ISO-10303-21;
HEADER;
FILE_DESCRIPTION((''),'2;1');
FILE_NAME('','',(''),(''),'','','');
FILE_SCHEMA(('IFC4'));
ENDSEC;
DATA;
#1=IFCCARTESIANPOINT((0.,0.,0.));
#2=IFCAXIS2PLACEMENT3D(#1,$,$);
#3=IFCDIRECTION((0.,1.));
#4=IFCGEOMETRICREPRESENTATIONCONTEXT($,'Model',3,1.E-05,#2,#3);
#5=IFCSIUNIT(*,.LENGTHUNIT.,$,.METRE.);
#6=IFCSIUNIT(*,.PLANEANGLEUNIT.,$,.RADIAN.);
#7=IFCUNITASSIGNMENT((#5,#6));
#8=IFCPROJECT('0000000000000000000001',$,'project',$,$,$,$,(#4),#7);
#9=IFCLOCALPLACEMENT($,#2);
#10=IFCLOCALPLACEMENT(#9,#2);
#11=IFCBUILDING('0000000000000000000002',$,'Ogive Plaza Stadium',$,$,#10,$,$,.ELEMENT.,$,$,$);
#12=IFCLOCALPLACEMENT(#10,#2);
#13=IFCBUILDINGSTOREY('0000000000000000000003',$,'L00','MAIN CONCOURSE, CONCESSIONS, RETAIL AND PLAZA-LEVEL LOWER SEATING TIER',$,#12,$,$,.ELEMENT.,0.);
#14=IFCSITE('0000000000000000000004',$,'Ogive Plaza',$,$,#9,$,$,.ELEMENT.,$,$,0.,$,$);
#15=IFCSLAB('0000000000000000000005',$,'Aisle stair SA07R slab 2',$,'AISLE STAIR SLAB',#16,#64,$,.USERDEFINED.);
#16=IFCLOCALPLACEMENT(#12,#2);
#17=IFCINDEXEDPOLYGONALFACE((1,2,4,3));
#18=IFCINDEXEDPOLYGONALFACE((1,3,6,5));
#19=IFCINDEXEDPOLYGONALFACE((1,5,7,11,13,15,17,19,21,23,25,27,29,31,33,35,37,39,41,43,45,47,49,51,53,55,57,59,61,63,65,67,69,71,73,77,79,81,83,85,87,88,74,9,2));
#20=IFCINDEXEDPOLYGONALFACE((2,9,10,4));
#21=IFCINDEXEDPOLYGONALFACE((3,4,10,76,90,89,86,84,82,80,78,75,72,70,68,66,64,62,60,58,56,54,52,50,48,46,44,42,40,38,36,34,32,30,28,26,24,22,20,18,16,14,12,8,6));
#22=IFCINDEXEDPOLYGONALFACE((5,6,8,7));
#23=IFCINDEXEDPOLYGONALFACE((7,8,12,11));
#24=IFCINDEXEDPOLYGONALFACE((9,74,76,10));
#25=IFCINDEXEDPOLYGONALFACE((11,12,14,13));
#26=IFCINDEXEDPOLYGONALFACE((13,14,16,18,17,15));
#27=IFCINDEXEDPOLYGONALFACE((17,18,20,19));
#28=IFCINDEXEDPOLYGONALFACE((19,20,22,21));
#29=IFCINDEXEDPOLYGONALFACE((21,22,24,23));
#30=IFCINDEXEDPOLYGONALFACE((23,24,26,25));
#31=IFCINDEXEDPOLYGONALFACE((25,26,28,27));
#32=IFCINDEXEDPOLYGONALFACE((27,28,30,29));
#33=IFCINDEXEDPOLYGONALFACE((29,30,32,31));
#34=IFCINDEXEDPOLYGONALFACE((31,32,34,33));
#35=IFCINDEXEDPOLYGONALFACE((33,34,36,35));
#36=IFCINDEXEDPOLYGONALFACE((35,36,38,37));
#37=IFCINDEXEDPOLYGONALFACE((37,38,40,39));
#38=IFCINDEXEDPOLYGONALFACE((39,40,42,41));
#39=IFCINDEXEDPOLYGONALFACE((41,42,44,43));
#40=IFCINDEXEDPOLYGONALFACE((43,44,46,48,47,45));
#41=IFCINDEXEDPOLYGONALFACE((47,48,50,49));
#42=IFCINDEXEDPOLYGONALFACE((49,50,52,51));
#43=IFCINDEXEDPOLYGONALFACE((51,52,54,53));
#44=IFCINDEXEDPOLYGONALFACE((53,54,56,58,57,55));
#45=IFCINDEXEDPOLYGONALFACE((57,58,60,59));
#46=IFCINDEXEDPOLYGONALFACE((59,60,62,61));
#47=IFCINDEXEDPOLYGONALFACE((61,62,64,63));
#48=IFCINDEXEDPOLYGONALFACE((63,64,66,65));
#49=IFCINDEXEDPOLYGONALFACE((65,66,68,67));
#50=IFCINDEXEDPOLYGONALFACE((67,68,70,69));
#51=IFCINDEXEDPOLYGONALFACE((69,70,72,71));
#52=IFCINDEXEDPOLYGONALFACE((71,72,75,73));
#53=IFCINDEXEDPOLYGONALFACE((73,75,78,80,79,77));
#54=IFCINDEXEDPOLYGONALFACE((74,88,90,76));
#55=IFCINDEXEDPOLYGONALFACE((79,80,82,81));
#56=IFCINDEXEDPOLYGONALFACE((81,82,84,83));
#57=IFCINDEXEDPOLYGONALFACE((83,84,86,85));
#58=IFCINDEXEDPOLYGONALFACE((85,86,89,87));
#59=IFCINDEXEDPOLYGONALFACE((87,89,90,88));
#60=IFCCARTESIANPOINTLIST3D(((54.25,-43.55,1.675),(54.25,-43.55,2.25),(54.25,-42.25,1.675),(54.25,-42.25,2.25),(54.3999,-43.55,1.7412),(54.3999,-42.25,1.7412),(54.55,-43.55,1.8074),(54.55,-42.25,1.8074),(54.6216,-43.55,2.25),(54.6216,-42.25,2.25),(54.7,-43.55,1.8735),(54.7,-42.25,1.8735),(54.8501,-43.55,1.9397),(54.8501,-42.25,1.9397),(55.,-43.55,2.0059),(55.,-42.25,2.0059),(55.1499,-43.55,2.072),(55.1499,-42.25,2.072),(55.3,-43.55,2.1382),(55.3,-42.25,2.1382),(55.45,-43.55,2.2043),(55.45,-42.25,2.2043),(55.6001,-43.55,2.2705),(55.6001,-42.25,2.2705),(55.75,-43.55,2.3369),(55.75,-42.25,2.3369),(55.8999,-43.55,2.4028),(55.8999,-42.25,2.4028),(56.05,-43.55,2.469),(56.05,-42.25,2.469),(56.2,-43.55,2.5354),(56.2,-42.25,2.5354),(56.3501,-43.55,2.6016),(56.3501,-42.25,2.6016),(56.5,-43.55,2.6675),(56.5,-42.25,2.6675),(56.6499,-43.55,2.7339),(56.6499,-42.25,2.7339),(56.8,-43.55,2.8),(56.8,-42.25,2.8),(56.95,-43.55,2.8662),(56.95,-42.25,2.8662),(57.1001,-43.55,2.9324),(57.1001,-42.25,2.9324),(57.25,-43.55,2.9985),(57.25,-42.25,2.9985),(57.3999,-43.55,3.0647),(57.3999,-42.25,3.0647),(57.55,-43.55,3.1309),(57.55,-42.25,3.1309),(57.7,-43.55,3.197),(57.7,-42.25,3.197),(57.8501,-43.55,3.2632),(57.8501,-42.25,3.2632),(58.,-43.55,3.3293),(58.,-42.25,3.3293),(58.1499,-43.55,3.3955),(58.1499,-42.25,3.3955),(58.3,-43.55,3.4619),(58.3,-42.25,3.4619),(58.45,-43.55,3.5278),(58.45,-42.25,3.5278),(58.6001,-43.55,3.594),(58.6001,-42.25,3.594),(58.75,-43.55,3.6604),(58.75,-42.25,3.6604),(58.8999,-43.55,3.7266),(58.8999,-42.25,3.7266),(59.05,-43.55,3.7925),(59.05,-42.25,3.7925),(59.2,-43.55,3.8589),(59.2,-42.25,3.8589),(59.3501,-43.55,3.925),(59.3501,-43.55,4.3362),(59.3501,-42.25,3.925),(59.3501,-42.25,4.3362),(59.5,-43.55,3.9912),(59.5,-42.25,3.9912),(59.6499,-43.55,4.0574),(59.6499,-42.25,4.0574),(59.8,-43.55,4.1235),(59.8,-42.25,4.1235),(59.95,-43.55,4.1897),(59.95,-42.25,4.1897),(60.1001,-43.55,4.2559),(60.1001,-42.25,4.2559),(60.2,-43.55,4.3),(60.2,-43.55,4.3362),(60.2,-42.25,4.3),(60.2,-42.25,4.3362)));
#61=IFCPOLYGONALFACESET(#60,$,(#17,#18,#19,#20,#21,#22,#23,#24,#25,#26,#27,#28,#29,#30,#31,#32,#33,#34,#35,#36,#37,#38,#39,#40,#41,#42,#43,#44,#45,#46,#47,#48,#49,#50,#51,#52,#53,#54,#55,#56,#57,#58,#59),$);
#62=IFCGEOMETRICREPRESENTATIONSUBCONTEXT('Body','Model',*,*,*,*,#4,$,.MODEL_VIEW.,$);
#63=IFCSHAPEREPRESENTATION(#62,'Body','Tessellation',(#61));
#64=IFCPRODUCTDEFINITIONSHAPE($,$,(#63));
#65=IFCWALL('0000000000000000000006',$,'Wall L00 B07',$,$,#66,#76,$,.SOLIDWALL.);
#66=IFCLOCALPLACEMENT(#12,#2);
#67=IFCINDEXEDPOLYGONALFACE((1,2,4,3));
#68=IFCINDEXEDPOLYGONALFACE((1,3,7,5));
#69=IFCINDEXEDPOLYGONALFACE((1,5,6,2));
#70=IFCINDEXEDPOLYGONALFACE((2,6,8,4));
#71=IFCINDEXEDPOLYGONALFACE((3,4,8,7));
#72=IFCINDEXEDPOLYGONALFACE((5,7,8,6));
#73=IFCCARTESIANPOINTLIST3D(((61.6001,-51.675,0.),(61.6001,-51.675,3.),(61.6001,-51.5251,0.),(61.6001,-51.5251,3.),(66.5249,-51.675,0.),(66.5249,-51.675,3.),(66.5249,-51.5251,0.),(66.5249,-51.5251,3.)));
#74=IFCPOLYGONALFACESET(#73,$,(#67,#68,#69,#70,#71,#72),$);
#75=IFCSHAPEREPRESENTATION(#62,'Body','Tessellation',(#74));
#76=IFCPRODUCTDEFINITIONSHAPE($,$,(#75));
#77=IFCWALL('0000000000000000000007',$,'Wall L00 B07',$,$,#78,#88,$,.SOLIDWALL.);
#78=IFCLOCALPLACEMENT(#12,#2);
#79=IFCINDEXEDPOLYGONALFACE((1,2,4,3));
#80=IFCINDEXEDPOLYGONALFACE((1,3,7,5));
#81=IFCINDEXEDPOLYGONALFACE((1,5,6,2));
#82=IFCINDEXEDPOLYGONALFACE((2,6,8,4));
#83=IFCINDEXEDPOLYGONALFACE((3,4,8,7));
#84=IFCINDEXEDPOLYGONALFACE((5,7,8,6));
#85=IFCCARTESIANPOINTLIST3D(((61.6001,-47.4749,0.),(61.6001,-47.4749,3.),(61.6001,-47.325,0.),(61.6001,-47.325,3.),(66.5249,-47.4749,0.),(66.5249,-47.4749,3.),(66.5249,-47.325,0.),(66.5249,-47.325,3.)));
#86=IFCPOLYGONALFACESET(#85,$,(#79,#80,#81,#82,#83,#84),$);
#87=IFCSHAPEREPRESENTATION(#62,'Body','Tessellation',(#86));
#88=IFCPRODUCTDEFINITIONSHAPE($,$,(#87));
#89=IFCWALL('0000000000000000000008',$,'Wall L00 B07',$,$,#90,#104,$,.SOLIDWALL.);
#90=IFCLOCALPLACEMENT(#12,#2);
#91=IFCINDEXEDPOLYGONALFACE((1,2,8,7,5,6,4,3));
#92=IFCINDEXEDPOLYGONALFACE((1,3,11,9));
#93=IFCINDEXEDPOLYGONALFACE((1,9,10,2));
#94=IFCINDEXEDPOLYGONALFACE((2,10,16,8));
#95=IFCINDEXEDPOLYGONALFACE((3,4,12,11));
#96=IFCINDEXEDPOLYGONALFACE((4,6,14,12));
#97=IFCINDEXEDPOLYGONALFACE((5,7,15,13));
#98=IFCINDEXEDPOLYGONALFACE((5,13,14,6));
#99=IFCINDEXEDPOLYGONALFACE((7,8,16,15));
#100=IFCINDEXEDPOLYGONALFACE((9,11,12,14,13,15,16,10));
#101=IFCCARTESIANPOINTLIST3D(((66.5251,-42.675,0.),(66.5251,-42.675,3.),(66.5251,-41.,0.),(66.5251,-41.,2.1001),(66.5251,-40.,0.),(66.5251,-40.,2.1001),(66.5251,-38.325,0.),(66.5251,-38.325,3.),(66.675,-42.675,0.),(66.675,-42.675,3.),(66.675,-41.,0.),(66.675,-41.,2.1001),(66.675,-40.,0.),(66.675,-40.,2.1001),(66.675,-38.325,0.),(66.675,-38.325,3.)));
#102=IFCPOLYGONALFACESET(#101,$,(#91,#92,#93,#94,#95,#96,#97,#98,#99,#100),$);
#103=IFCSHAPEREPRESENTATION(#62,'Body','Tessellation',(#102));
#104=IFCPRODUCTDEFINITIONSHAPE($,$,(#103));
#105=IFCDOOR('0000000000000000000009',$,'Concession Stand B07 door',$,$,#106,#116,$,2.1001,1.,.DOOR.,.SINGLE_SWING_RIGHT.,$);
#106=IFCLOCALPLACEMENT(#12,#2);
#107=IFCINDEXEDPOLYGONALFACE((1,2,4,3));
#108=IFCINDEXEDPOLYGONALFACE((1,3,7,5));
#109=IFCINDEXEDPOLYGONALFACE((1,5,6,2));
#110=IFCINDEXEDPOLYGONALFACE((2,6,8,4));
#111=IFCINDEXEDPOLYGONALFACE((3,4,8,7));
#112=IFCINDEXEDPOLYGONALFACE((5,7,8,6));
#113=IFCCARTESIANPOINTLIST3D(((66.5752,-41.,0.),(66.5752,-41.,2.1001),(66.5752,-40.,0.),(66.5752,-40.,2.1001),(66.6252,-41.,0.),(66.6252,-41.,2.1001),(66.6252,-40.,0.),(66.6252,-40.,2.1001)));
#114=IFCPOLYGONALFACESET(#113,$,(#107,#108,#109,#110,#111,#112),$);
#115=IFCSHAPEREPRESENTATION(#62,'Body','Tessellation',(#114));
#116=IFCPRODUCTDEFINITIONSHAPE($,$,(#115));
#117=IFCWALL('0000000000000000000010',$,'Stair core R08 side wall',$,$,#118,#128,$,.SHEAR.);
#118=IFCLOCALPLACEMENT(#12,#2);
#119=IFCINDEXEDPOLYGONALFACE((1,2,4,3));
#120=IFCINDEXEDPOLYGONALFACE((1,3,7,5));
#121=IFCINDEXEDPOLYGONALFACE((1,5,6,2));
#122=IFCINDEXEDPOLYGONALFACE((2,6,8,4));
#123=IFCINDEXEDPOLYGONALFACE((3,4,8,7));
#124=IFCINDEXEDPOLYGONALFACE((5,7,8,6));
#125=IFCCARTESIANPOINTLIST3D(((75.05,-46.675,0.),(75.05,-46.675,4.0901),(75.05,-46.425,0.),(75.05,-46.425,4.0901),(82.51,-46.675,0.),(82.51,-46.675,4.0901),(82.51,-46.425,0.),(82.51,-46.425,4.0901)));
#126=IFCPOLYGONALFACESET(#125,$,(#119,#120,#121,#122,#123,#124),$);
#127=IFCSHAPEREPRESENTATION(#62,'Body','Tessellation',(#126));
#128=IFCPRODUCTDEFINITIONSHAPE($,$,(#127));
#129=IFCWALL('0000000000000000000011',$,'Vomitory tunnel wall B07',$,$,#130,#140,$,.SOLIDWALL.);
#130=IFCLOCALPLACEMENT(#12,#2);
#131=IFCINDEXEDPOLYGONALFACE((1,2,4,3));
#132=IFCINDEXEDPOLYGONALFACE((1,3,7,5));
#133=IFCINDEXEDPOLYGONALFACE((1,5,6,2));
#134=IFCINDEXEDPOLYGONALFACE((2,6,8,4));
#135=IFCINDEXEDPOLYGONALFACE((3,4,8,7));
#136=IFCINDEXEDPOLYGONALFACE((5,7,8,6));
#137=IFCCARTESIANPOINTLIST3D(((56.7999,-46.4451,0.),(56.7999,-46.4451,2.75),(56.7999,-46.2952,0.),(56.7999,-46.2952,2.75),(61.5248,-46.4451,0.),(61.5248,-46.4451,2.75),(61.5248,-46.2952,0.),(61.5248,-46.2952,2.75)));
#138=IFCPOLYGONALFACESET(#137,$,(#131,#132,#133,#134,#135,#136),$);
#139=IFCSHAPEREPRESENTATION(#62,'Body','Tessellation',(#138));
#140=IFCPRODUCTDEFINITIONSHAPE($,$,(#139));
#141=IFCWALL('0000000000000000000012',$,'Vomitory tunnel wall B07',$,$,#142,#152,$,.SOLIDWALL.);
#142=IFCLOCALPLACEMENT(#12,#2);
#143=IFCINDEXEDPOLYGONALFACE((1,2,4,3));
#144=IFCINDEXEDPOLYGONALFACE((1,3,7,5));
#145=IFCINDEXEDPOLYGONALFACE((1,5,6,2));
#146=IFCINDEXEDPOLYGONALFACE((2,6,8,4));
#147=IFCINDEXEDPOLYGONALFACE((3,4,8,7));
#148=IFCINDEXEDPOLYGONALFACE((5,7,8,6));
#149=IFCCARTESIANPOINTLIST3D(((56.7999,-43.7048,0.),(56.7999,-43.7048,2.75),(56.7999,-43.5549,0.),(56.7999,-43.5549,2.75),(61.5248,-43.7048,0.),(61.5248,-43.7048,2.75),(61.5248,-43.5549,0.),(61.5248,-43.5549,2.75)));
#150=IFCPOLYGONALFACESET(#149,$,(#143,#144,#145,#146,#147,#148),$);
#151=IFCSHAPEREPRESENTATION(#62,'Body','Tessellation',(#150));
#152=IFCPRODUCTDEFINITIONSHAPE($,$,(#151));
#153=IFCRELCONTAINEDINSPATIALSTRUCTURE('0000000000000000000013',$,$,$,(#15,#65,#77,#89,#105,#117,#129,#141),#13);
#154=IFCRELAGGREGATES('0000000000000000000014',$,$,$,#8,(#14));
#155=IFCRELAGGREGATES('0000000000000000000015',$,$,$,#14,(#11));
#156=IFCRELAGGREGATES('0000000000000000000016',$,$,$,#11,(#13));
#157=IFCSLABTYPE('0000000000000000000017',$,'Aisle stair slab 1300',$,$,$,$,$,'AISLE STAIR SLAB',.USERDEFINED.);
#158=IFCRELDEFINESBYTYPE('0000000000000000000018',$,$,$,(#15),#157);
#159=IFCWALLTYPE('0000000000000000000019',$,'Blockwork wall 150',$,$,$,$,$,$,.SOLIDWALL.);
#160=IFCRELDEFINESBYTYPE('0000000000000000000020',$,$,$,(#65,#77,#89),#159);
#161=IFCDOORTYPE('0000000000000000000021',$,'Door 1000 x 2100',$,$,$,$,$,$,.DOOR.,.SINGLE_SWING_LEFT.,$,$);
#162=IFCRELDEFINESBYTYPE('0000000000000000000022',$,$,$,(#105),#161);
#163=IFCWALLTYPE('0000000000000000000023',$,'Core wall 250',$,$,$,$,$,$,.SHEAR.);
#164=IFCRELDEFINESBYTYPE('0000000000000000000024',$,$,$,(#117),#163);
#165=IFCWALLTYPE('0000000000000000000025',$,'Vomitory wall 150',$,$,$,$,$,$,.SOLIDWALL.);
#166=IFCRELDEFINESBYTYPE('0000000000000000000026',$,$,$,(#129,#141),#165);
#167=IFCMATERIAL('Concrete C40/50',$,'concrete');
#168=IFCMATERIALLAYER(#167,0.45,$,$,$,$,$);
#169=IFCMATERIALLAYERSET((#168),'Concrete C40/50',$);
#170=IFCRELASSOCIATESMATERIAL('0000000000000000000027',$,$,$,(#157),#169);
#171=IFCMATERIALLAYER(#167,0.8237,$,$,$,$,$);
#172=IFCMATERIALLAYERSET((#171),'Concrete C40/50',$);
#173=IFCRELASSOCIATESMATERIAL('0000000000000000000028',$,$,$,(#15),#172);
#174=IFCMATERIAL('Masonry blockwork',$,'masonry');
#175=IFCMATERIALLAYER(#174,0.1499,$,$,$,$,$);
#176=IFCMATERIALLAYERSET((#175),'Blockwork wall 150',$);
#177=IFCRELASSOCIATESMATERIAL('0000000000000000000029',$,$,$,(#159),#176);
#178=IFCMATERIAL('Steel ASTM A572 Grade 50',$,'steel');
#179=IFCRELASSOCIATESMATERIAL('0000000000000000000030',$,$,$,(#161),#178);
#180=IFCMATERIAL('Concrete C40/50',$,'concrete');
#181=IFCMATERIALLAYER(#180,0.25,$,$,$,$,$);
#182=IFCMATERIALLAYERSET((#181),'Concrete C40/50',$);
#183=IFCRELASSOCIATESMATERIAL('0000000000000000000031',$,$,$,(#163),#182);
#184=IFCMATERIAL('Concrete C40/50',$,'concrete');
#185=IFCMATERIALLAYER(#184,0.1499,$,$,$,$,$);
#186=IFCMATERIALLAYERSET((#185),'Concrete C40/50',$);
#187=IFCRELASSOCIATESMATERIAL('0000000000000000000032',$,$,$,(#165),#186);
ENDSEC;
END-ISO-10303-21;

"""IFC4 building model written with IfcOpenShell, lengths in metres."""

from ifc_helpers import new_model, si_unit, direction, frame, frame_2d, origin, place, context, subcontext, project, spatial, polyline, rectangle, outline, extrude, material, layer, layer_set, type_object, element, fill, save


model = new_model("IFC4")

# Units and contexts
model_context = context("Model", 3, precision=1e-05, world=origin(), true_north=direction((0.0, 1.0)))
body_context = subcontext(model_context, "Body", "Model", "MODEL_VIEW")
ifc_project = project(units=[si_unit("LENGTHUNIT", "METRE"), si_unit("PLANEANGLEUNIT", "RADIAN")], contexts=[model_context])

# Site, building, storey
site_placement = place(None, origin())
site = spatial("IfcSite", under=ifc_project, at=site_placement, Name="Ogive Plaza", CompositionType="ELEMENT", RefElevation=0.0)
building_placement = place(site_placement, origin())
building = spatial("IfcBuilding", under=site, at=building_placement, Name="Ogive Plaza Stadium", CompositionType="ELEMENT")
storey_placement = place(building_placement, origin())
storey = spatial("IfcBuildingStorey", under=building, at=storey_placement, Name="L00", Description="MAIN CONCOURSE, CONCESSIONS, RETAIL AND PLAZA-LEVEL LOWER SEATING TIER", CompositionType="ELEMENT", Elevation=0.0)

# Slab
ifc_material_1 = material(Name="Concrete C40/50", Category="concrete")
ifc_layer_1 = layer(ifc_material_1, 0.45)
ifc_layer_set_1 = layer_set([ifc_layer_1], Name="Concrete C40/50")
slab_type = type_object("IfcSlabType", Name="Aisle stair slab 1300", ElementType="AISLE STAIR SLAB", PredefinedType="USERDEFINED", material=ifc_layer_set_1)
ifc_layer_2 = layer(ifc_material_1, 0.8237)
ifc_layer_set_2 = layer_set([ifc_layer_2], Name="Concrete C40/50")
slab_1_placement = place(storey_placement, frame((54.25, -42.8999, 0.0), z_axis=(0.0, 0.0, 1.0), x_axis=(1.0, 0.0, 0.0)))
element("IfcSlab", 1, at=slab_1_placement, inside=storey, type_object=slab_type, material=ifc_layer_set_2, Name="Aisle stair SA07R slab 2", ObjectType="AISLE STAIR SLAB", PredefinedType="USERDEFINED", context=body_context, shape_type="SweptSolid", body=[
    extrude(outline(polyline([(0.0, 2.25), (0.3716, 2.25), (5.1001, 4.3362), (5.95, 4.3362), (5.95, 4.3), (5.8501, 4.2559), (5.7, 4.1897), (5.55, 4.1235), (5.3999, 4.0574), (5.25, 3.9912), (5.1001, 3.925), (4.95, 3.8589), (4.8, 3.7925), (4.6499, 3.7266), (4.5, 3.6604), (4.3501, 3.594), (4.2, 3.5278), (4.05, 3.4619), (3.8999, 3.3955), (3.75, 3.3293), (3.6001, 3.2632), (3.45, 3.197), (3.3, 3.1309), (3.1499, 3.0647), (3.0, 2.9985), (2.8501, 2.9324), (2.7, 2.8662), (2.55, 2.8), (2.3999, 2.7339), (2.25, 2.6675), (2.1001, 2.6016), (1.95, 2.5354), (1.8, 2.469), (1.6499, 2.4028), (1.5, 2.3369), (1.3501, 2.2705), (1.2, 2.2043), (1.05, 2.1382), (0.8999, 2.072), (0.75, 2.0059), (0.6001, 1.9397), (0.45, 1.8735), (0.3, 1.8074), (0.1499, 1.7412), (0.0, 1.675), (0.0, 2.25)])), frame((0.0, 0.6499, 0.0), z_axis=(0.0, -1.0, 0.0), x_axis=(1.0, 0.0, 0.0)), (0.0, 0.0, 1.0), 1.3),
])

# Walls
ifc_material_2 = material(Name="Masonry blockwork", Category="masonry")
ifc_layer_3 = layer(ifc_material_2, 0.1499)
ifc_layer_set_3 = layer_set([ifc_layer_3], Name="Blockwork wall 150")
wall_type_1 = type_object("IfcWallType", Name="Blockwork wall 150", PredefinedType="SOLIDWALL", material=ifc_layer_set_3)
for number, where, z_axis, x_axis, name in (
    (2, (61.6001, -51.6001, 0.0), (0.0, 0.0, 1.0), (1.0, 0.0, 0.0), "Wall L00 B07"),
    (3, (61.6001, -47.3999, 0.0), (0.0, 0.0, 1.0), (1.0, 0.0, 0.0), "Wall L00 B07"),
):
    element("IfcWall", number, at=place(storey_placement, frame(where, z_axis=z_axis, x_axis=x_axis)), inside=storey, type_object=wall_type_1, Name=name, PredefinedType="SOLIDWALL", context=body_context, shape_type="SweptSolid", body=[
        extrude(rectangle(XDim=4.9248, YDim=0.1499, at=frame_2d((2.4624, 0.0))), origin(), (0.0, 0.0, 1.0), 3.0),
    ])

# Wall, opening, door
wall_1_placement = place(storey_placement, frame((66.6001, -42.675, 0.0), z_axis=(0.0, 0.0, 1.0), x_axis=(0.0, 1.0, 0.0)))
wall_1 = element("IfcWall", 4, at=wall_1_placement, inside=storey, type_object=wall_type_1, Name="Wall L00 B07", PredefinedType="SOLIDWALL", context=body_context, shape_type="SweptSolid", body=[
    extrude(rectangle(XDim=4.3501, YDim=0.1499, at=frame_2d((2.175, 0.0))), origin(), (0.0, 0.0, 1.0), 3.0),
])
opening_placement = place(wall_1_placement, frame((1.675, 0.0, 0.0)))
opening = element("IfcOpeningElement", 5, at=opening_placement, cuts=wall_1, PredefinedType="OPENING", context=body_context, shape_type="SweptSolid", body=[
    extrude(rectangle(XDim=1.0, YDim=2.1001, at=frame_2d((0.5, 1.05))), frame((0.0, 0.075, 0.0), z_axis=(0.0, -1.0, 0.0), x_axis=(1.0, 0.0, 0.0)), (0.0, 0.0, 1.0), 0.1499),
])
ifc_material_3 = material(Name="Steel ASTM A572 Grade 50", Category="steel")
door_type = type_object("IfcDoorType", Name="Door 1000 x 2100", OperationType="SINGLE_SWING_LEFT", PredefinedType="DOOR", material=ifc_material_3)
door_placement = place(opening_placement, origin())
door = element("IfcDoor", 6, at=door_placement, inside=storey, type_object=door_type, Name="Concession Stand B07 door", OperationType="SINGLE_SWING_RIGHT", OverallHeight=2.1001, OverallWidth=1.0, PredefinedType="DOOR", context=body_context, shape_type="SweptSolid", body=[
    extrude(rectangle(XDim=1.0, YDim=2.1001, at=frame_2d((0.5, 1.05))), frame((0.0, 0.0249, 0.0), z_axis=(0.0, -1.0, 0.0), x_axis=(1.0, 0.0, 0.0)), (0.0, 0.0, 1.0), 0.05),
])
fill(opening, door)

# Walls
ifc_material_4 = material(Name="Concrete C40/50", Category="concrete")
ifc_layer_4 = layer(ifc_material_4, 0.25)
ifc_layer_set_4 = layer_set([ifc_layer_4], Name="Concrete C40/50")
wall_type_2 = type_object("IfcWallType", Name="Core wall 250", PredefinedType="SHEAR", material=ifc_layer_set_4)
wall_2_placement = place(storey_placement, frame((75.05, -46.55, 0.0), z_axis=(0.0, 0.0, 1.0), x_axis=(1.0, 0.0, 0.0)))
element("IfcWall", 7, at=wall_2_placement, inside=storey, type_object=wall_type_2, Name="Stair core R08 side wall", PredefinedType="SHEAR", context=body_context, shape_type="SweptSolid", body=[
    extrude(rectangle(XDim=7.46, YDim=0.25, at=frame_2d((3.73, 0.0))), origin(), (0.0, 0.0, 1.0), 4.0901),
])
ifc_material_5 = material(Name="Concrete C40/50", Category="concrete")
ifc_layer_5 = layer(ifc_material_5, 0.1499)
ifc_layer_set_5 = layer_set([ifc_layer_5], Name="Concrete C40/50")
wall_type_3 = type_object("IfcWallType", Name="Vomitory wall 150", PredefinedType="SOLIDWALL", material=ifc_layer_set_5)
for number, where, z_axis, x_axis, name in (
    (8, (56.8, -46.3701, 0.0), (0.0, 0.0, 1.0), (1.0, 0.0, 0.0), "Vomitory tunnel wall B07"),
    (9, (56.8, -43.6299, 0.0), (0.0, 0.0, 1.0), (1.0, 0.0, 0.0), "Vomitory tunnel wall B07"),
):
    element("IfcWall", number, at=place(storey_placement, frame(where, z_axis=z_axis, x_axis=x_axis)), inside=storey, type_object=wall_type_3, Name=name, PredefinedType="SOLIDWALL", context=body_context, shape_type="SweptSolid", body=[
        extrude(rectangle(XDim=4.7249, YDim=0.1499, at=frame_2d((2.3623, 0.0))), origin(), (0.0, 0.0, 1.0), 2.75),
    ])

save(model, "model.ifc")
